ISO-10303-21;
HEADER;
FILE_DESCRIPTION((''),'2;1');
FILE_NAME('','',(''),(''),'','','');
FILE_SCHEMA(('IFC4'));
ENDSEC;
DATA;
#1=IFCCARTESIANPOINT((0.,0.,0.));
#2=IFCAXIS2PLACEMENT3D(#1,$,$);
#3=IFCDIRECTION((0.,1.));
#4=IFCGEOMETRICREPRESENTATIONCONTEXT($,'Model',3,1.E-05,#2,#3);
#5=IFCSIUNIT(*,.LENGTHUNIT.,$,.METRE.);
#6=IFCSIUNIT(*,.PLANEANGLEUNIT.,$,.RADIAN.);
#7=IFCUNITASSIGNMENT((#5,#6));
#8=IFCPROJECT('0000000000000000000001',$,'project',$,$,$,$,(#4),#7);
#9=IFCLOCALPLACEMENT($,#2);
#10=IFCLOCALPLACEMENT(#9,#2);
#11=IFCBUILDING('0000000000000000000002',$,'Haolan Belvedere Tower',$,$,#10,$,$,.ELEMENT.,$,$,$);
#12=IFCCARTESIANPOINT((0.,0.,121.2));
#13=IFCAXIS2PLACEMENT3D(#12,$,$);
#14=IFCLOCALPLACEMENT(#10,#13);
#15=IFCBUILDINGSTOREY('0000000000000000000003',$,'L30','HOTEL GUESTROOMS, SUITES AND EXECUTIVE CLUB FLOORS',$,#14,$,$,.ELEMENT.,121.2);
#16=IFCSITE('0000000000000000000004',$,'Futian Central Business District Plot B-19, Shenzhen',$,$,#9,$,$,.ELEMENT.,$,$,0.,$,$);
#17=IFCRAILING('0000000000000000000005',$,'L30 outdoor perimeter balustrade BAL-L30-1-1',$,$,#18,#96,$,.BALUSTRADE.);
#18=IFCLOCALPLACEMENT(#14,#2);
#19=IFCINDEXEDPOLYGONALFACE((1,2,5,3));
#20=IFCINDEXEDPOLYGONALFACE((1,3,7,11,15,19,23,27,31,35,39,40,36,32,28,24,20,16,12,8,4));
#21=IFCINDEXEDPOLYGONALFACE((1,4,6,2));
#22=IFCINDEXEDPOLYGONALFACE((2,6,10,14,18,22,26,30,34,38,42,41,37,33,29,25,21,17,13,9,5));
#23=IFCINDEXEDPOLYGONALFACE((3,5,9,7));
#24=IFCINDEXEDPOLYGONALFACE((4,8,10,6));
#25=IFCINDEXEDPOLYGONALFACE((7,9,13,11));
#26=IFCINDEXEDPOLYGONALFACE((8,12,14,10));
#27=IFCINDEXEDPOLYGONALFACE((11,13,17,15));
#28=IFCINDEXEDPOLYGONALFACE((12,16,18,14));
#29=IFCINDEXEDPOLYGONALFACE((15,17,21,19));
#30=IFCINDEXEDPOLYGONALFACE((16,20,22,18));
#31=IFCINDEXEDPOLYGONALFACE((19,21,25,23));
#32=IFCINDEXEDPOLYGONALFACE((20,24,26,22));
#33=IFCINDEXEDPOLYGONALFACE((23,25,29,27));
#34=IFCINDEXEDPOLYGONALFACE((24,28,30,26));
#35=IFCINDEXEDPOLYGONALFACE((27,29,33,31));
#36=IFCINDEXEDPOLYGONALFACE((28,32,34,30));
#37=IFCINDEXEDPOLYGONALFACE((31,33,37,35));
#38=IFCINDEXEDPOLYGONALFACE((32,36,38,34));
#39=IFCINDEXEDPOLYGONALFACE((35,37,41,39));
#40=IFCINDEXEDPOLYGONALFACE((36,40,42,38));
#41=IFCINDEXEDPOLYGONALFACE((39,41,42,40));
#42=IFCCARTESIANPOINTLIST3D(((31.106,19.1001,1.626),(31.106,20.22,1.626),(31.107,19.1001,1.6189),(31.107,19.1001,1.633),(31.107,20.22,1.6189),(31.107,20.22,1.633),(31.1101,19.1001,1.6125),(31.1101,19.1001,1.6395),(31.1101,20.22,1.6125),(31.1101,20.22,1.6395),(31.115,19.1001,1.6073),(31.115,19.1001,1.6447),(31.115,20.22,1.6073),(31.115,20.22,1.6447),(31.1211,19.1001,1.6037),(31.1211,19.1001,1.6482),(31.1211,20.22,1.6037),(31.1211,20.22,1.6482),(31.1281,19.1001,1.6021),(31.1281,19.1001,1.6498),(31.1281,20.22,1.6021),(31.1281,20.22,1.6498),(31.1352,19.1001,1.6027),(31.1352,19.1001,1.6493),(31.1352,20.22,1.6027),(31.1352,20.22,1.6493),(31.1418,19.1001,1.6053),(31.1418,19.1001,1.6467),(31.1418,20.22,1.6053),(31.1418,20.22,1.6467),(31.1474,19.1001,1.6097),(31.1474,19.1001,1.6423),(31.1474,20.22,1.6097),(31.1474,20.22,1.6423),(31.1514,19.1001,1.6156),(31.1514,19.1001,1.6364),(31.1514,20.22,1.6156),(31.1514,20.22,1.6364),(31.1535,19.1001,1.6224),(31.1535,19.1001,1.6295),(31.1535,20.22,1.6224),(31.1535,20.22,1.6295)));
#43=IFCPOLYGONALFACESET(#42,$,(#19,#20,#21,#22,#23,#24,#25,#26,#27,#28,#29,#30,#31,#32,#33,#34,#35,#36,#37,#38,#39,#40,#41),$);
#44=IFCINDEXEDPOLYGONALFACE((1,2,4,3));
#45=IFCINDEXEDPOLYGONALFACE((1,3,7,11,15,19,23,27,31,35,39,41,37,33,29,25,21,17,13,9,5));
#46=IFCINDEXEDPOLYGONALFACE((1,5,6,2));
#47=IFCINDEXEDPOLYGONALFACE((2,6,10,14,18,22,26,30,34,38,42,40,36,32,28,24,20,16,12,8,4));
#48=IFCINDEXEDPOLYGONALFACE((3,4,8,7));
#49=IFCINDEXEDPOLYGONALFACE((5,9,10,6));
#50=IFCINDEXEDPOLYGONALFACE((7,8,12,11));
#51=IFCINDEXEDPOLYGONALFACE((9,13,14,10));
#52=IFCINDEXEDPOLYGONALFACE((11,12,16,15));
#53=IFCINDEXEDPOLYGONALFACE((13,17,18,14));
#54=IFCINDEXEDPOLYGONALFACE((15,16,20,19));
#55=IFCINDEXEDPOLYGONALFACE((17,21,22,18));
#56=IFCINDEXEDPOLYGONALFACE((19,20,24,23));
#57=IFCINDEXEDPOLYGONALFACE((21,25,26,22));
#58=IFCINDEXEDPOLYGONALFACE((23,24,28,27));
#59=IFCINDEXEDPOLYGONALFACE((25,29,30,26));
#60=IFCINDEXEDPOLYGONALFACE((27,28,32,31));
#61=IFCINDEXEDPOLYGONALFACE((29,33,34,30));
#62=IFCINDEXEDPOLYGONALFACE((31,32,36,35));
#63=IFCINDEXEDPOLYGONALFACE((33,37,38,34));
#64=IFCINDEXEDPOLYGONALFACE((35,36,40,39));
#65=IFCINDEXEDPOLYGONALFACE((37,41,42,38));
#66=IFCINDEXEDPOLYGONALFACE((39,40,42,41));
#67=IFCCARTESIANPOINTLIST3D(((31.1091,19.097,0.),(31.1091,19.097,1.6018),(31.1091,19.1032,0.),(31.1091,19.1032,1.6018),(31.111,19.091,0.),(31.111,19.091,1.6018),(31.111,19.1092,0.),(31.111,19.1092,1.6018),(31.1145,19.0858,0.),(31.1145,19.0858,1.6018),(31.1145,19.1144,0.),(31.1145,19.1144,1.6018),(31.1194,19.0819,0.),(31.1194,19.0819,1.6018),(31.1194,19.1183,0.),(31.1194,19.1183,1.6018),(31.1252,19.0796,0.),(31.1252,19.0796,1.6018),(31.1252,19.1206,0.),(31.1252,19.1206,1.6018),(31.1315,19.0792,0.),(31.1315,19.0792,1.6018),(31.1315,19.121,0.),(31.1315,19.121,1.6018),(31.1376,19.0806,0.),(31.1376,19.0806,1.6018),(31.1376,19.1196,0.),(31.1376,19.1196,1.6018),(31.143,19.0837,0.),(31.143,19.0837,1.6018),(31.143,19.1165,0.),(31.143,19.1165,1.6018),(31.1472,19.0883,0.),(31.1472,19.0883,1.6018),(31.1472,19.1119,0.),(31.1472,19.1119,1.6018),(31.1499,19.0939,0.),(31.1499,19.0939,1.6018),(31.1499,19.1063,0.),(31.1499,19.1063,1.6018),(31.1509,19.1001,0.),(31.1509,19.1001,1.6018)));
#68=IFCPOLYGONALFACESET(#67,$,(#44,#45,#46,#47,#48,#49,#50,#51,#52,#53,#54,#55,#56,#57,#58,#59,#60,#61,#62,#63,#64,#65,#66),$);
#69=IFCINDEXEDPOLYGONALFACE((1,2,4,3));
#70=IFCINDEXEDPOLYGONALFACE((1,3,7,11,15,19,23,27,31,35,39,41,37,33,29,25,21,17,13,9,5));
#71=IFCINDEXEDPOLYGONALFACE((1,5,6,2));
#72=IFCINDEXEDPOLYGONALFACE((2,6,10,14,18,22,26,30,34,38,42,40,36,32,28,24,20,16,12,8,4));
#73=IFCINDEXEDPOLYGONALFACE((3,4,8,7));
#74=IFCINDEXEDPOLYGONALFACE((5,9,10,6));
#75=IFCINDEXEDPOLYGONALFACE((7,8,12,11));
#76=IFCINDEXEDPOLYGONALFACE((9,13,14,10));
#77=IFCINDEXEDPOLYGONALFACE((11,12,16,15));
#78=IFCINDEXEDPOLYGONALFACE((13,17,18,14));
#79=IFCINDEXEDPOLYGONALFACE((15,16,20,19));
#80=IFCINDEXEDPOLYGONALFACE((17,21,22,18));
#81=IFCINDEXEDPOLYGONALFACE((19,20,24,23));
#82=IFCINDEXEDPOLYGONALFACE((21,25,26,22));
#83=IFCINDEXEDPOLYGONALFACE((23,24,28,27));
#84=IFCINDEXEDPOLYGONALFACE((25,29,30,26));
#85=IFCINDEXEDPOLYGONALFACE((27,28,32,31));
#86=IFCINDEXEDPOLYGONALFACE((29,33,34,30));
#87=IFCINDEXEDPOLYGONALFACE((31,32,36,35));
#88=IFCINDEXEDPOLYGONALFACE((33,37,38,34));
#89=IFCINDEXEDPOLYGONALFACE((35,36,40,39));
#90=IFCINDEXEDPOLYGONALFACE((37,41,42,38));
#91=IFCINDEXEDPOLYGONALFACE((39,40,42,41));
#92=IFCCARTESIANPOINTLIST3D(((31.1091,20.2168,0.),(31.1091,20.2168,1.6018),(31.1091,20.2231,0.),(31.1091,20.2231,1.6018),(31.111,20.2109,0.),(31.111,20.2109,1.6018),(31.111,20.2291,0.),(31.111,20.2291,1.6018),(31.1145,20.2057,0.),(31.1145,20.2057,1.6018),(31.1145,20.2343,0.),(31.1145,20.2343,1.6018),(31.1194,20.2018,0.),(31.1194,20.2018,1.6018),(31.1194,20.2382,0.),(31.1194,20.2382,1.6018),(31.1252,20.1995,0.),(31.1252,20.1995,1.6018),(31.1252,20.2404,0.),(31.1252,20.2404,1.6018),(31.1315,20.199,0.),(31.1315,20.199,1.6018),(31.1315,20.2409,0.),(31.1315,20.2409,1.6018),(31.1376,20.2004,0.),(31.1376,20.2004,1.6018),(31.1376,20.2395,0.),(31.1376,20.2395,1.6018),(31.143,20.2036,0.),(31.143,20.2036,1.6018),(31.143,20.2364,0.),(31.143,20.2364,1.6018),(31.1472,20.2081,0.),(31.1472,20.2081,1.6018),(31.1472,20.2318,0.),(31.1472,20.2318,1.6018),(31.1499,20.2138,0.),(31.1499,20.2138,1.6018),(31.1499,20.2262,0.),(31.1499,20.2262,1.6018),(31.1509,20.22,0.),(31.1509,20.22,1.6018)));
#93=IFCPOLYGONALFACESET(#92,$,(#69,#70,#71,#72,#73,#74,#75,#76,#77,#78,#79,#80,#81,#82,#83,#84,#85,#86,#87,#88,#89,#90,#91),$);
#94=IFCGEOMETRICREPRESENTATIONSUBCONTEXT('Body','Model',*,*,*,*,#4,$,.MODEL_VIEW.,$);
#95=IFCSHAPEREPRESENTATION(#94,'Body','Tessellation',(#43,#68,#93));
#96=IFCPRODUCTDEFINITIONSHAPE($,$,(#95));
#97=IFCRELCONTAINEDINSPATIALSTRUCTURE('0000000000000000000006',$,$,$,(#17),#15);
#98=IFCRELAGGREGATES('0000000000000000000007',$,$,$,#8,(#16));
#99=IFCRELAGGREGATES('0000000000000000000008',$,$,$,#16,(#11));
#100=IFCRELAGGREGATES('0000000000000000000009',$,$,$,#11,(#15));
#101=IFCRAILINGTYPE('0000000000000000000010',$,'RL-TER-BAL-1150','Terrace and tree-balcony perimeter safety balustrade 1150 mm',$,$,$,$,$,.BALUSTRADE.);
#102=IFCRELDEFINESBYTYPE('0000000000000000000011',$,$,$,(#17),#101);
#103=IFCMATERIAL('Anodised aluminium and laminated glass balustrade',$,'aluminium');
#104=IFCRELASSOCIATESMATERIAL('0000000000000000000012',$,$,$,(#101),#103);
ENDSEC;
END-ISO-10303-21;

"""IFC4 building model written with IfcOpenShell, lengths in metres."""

from ifc_helpers import new_model, si_unit, direction, frame, origin, origin_2d, place, context, subcontext, project, spatial, circle, extrude, material, type_object, element, save


model = new_model("IFC4")

# Units and contexts
model_context = context("Model", 3, precision=1e-05, world=origin(), true_north=direction((0.0, 1.0)))
body_context = subcontext(model_context, "Body", "Model", "MODEL_VIEW")
ifc_project = project(units=[si_unit("LENGTHUNIT", "METRE"), si_unit("PLANEANGLEUNIT", "RADIAN")], contexts=[model_context])

# Site, building, storey
site_placement = place(None, origin())
site = spatial("IfcSite", under=ifc_project, at=site_placement, Name="Futian Central Business District Plot B-19, Shenzhen", CompositionType="ELEMENT", RefElevation=0.0)
building_placement = place(site_placement, origin())
building = spatial("IfcBuilding", under=site, at=building_placement, Name="Haolan Belvedere Tower", CompositionType="ELEMENT")
storey_placement = place(building_placement, frame((0.0, 0.0, 121.2)))
storey = spatial("IfcBuildingStorey", under=building, at=storey_placement, Name="L30", Description="HOTEL GUESTROOMS, SUITES AND EXECUTIVE CLUB FLOORS", CompositionType="ELEMENT", Elevation=121.2)

# Railing
ifc_material_1 = material(Name="Anodised aluminium and laminated glass balustrade", Category="aluminium")
railing_type = type_object("IfcRailingType", Name="RL-TER-BAL-1150", Description="Terrace and tree-balcony perimeter safety balustrade 1150 mm", PredefinedType="BALUSTRADE", material=ifc_material_1)
railing_placement = place(storey_placement, frame((31.1299, 19.1001, 0.0)))
element("IfcRailing", 1, at=railing_placement, inside=storey, type_object=railing_type, Name="L30 outdoor perimeter balustrade BAL-L30-1-1", PredefinedType="BALUSTRADE", context=body_context, shape_type="SweptSolid", body=[
    extrude(circle(Radius=0.0239, at=origin_2d()), frame((0.0, 0.0, 1.626), z_axis=(0.0, 1.0, 0.0), x_axis=(-1.0, 0.0, 0.0)), (0.0, 0.0, 1.0), 1.1199),
    extrude(circle(Radius=0.021, at=origin_2d()), origin(), (0.0, 0.0, 1.0), 1.6018),
    extrude(circle(Radius=0.021, at=origin_2d()), frame((0.0, 1.1199, 0.0)), (0.0, 0.0, 1.0), 1.6018),
])

save(model, "model.ifc")
